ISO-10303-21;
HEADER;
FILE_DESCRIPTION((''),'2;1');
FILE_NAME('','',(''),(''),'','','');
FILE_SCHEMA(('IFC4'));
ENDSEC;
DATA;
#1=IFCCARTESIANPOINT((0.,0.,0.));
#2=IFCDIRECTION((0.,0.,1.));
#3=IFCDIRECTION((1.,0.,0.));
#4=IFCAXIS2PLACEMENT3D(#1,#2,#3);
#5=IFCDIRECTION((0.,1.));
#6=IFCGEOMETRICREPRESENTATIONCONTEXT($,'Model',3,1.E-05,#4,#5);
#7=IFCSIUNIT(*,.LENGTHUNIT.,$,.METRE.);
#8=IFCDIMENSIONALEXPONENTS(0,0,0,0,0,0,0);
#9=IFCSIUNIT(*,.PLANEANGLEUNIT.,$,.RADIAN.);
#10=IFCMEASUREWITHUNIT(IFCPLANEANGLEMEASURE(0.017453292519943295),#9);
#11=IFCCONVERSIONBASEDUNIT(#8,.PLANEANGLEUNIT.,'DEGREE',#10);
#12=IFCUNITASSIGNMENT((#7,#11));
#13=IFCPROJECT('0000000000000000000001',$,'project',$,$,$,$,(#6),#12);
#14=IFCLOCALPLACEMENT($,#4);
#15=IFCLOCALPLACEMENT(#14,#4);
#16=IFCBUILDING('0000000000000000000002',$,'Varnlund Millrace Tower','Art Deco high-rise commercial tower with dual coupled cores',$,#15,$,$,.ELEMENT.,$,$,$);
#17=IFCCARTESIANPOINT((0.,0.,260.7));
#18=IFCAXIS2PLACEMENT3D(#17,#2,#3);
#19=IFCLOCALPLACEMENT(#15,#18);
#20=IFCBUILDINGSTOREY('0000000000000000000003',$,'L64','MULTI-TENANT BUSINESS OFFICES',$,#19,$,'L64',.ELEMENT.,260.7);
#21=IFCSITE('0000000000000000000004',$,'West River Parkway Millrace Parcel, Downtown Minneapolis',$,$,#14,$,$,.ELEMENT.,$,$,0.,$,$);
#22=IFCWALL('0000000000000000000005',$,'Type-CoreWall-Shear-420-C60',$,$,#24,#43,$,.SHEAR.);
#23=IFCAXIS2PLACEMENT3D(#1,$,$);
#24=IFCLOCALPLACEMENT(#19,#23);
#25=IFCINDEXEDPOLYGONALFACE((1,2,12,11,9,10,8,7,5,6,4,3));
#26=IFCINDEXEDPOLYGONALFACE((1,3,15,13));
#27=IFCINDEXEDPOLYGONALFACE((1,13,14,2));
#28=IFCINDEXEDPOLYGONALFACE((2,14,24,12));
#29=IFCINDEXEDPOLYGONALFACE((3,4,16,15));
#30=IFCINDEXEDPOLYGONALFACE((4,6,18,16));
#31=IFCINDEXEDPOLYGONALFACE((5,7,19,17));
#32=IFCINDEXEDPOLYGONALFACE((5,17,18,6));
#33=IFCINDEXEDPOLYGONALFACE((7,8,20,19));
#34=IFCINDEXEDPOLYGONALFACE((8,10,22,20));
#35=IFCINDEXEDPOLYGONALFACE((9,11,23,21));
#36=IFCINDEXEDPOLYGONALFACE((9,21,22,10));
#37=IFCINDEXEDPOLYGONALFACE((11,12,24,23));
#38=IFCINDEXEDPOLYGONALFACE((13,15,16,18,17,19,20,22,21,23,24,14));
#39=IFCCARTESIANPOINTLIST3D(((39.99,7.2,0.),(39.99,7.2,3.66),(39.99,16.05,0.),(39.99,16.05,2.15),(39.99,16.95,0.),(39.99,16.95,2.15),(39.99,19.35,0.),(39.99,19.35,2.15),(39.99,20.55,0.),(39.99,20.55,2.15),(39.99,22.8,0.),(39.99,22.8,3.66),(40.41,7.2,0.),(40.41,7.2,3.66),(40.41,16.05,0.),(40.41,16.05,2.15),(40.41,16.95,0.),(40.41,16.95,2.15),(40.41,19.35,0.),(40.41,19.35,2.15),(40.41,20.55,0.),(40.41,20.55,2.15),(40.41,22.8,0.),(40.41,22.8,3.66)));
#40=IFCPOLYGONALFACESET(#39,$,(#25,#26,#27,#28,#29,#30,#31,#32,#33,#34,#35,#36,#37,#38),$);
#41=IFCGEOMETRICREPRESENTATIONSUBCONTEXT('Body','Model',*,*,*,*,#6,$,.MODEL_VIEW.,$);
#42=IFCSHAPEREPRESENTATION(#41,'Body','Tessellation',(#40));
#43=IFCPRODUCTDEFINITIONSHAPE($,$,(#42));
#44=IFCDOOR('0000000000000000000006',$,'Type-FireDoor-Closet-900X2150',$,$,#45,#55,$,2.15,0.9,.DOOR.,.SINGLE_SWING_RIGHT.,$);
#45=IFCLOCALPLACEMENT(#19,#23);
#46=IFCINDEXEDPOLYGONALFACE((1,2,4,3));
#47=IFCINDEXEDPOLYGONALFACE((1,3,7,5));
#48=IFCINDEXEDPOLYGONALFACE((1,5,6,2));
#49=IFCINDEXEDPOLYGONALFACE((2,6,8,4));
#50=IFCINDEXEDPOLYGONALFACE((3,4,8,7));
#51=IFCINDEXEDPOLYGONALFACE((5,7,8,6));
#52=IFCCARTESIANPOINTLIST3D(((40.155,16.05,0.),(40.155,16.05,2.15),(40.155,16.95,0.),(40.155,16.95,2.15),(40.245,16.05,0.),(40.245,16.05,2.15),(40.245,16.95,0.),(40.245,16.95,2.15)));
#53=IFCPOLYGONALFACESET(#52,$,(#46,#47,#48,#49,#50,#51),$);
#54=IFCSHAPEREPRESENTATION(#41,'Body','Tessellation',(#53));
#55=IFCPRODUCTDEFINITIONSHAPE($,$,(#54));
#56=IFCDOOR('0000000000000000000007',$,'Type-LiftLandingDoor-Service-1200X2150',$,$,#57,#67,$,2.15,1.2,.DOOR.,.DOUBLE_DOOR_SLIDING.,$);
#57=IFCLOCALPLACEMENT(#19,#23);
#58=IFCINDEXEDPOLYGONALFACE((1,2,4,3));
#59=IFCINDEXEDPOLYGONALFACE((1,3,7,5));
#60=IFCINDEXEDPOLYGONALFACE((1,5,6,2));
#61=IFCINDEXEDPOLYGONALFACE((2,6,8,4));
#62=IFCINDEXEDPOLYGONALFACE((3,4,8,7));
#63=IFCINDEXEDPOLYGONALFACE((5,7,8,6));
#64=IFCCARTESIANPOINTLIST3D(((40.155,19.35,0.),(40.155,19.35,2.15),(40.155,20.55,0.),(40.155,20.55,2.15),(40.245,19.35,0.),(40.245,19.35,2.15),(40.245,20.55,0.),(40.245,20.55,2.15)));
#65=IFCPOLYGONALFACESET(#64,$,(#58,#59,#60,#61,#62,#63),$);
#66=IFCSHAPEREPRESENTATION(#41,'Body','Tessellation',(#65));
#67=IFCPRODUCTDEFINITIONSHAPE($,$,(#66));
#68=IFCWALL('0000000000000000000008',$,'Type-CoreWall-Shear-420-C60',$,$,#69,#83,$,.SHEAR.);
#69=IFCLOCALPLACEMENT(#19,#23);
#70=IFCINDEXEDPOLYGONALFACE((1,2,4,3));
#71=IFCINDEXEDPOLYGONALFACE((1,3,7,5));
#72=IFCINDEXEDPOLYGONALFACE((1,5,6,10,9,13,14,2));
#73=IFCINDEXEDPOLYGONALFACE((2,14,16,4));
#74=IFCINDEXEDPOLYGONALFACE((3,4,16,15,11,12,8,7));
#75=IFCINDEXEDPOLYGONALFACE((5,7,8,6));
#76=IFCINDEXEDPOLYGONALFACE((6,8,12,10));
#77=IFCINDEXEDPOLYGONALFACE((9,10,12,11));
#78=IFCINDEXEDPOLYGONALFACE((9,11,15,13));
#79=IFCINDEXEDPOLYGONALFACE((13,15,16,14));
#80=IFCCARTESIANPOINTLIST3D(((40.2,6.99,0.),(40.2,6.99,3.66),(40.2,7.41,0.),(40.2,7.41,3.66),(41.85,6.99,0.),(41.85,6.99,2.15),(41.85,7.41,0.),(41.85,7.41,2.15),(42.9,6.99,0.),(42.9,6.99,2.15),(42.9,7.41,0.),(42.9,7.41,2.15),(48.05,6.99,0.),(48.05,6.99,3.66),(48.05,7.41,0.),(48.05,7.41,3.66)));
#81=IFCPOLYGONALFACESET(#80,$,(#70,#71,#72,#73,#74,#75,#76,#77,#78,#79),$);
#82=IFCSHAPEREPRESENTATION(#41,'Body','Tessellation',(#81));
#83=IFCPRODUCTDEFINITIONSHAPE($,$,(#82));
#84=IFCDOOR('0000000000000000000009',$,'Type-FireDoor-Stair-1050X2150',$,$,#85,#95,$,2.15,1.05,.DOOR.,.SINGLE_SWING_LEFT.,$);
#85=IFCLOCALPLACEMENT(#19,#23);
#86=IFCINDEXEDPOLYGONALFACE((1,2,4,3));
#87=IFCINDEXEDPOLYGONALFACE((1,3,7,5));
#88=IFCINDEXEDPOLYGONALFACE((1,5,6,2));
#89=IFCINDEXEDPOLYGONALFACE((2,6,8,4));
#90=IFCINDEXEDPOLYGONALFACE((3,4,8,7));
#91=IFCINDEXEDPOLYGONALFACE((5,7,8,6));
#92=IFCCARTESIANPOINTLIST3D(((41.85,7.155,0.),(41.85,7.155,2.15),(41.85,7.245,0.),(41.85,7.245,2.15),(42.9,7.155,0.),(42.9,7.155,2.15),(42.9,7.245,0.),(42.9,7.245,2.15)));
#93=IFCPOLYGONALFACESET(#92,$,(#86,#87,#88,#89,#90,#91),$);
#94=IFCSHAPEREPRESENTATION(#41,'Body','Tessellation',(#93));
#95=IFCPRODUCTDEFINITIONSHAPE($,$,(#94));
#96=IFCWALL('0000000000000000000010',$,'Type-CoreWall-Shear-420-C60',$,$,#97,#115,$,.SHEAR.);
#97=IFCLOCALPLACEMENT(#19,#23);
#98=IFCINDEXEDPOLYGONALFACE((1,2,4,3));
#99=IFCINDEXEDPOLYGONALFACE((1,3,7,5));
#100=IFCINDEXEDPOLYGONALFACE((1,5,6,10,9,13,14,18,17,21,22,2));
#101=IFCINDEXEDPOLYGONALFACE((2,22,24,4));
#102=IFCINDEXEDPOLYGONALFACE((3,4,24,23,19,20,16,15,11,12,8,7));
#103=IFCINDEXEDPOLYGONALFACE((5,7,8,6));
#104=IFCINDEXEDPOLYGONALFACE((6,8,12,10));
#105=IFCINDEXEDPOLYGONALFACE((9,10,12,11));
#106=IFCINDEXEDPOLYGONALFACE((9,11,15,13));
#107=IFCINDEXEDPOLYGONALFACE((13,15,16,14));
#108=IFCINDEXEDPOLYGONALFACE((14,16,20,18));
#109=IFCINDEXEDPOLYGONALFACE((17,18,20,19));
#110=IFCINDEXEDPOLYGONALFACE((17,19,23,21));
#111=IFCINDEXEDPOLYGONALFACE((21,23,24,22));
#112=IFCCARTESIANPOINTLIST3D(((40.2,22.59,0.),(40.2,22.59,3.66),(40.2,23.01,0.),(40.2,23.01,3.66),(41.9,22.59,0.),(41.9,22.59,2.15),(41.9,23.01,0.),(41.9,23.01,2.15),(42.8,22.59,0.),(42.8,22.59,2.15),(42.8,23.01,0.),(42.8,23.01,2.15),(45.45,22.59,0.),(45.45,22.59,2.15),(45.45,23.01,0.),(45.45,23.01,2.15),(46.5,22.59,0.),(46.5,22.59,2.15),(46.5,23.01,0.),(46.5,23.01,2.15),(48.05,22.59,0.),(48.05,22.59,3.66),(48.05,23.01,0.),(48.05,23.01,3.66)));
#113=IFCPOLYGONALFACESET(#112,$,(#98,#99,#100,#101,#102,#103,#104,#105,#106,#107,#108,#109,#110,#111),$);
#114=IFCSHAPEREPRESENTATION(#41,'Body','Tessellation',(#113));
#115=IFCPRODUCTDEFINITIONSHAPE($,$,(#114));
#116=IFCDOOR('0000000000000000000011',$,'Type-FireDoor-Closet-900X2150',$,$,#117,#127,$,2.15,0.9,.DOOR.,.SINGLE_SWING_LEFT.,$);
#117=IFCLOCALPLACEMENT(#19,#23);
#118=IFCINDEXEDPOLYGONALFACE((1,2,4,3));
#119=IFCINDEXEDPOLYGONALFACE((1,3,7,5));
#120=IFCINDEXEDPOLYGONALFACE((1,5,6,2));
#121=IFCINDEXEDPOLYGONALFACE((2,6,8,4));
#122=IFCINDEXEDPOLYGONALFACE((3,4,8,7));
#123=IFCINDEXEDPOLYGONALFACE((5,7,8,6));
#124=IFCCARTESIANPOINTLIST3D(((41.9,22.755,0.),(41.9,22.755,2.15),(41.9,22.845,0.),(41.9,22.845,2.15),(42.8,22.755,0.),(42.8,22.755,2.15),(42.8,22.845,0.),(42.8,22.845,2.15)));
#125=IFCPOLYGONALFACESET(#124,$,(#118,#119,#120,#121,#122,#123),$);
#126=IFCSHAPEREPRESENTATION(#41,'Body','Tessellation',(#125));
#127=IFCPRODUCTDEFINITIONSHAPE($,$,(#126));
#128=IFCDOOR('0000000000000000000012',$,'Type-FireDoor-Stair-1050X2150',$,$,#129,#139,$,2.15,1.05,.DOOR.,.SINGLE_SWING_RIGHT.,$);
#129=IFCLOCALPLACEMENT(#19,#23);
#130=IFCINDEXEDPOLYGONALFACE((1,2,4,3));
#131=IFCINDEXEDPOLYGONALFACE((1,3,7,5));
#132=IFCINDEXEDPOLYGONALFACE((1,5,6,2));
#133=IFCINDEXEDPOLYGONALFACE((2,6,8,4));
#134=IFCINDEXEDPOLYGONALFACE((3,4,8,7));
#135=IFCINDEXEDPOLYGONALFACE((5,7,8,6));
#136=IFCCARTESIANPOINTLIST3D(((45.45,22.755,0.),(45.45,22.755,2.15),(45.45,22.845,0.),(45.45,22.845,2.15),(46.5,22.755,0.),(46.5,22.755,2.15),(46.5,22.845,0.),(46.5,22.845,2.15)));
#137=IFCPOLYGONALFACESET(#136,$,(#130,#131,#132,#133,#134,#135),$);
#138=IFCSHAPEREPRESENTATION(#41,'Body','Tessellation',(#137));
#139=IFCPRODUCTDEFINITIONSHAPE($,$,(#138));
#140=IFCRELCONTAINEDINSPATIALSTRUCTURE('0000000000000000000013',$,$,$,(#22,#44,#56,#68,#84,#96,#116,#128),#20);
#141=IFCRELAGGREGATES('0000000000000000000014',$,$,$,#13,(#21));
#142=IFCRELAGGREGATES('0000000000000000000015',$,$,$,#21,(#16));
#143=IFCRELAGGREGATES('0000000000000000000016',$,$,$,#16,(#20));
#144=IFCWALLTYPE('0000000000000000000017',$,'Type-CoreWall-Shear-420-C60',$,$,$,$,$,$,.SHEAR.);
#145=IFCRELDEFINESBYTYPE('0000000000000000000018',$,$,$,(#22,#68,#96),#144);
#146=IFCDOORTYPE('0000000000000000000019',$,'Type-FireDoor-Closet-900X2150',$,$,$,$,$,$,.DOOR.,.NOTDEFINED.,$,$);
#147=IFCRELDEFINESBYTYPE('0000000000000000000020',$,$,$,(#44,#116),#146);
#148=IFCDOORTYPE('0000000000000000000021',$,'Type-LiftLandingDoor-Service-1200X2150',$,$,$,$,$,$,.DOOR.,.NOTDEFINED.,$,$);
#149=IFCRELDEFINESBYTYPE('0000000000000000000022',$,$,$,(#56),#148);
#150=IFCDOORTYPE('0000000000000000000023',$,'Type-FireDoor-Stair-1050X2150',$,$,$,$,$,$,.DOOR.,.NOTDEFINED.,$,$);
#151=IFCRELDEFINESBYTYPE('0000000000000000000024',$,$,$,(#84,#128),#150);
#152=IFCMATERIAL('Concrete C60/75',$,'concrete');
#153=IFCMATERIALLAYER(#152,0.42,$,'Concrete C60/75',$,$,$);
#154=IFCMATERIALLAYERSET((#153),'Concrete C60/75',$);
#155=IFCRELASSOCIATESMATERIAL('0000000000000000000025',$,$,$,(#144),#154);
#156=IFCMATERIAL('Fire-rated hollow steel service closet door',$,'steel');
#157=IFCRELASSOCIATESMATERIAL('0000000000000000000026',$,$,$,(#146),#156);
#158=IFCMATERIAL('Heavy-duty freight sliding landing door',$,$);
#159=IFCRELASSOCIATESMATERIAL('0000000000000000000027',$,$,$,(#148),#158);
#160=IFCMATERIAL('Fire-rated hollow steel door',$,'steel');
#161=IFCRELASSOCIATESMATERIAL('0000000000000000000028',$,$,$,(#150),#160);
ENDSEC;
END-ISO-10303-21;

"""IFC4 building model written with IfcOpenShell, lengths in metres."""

from ifc_helpers import new_model, entity, si_unit, converted_unit, direction, frame, origin_with_axes, origin_2d_with_axis, place, context, subcontext, project, spatial, polyline, rectangle, outline, extrude, material, layer, layer_set, type_object, element, fill, save


model = new_model("IFC4")

# Units and contexts
model_context = context("Model", 3, precision=1e-05, world=origin_with_axes(), true_north=direction((0.0, 1.0)))
body_context = subcontext(model_context, "Body", "Model", "MODEL_VIEW")
ifc_project = project(units=[si_unit("LENGTHUNIT", "METRE"), converted_unit("PLANEANGLEUNIT", "DEGREE", entity("IfcPlaneAngleMeasure", 0.017453292519943295), si_unit("PLANEANGLEUNIT", "RADIAN"), dimensions=[0, 0, 0, 0, 0, 0, 0])], contexts=[model_context])

# Site, building, storey
site_placement = place(None, origin_with_axes())
site = spatial("IfcSite", under=ifc_project, at=site_placement, Name="West River Parkway Millrace Parcel, Downtown Minneapolis", CompositionType="ELEMENT", RefElevation=0.0)
building_placement = place(site_placement, origin_with_axes())
building = spatial("IfcBuilding", under=site, at=building_placement, Name="Varnlund Millrace Tower", Description="Art Deco high-rise commercial tower with dual coupled cores", CompositionType="ELEMENT")
storey_placement = place(building_placement, frame((0.0, 0.0, 260.7), z_axis=(0.0, 0.0, 1.0), x_axis=(1.0, 0.0, 0.0)))
storey = spatial("IfcBuildingStorey", under=building, at=storey_placement, Name="L64", Description="MULTI-TENANT BUSINESS OFFICES", LongName="L64", CompositionType="ELEMENT", Elevation=260.7)

# Wall, openings, doors
ifc_material_1 = material(Name="Concrete C60/75", Category="concrete")
ifc_layer_1 = layer(ifc_material_1, 0.42, Name="Concrete C60/75")
ifc_layer_set_1 = layer_set([ifc_layer_1], Name="Concrete C60/75")
wall_type_1 = type_object("IfcWallType", Name="Type-CoreWall-Shear-420-C60", PredefinedType="SHEAR", material=ifc_layer_set_1)
wall_1_placement = place(storey_placement, frame((40.2, 7.2, 0.0), z_axis=(0.0, 0.0, 1.0), x_axis=(0.0, 1.0, 0.0)))
wall_1 = element("IfcWall", 1, at=wall_1_placement, inside=storey, type_object=wall_type_1, Name="Type-CoreWall-Shear-420-C60", PredefinedType="SHEAR", context=body_context, shape_type="SweptSolid", body=[
    extrude(outline(polyline([(0.0, -0.21), (15.6, -0.21), (15.6, 0.21), (0.0, 0.21), (0.0, -0.21)])), origin_with_axes(), (0.0, 0.0, 1.0), 3.66),
])
opening_1_placement = place(wall_1_placement, frame((12.75, 0.0, 0.0), z_axis=(0.0, 0.0, 1.0), x_axis=(1.0, 0.0, 0.0)))
opening_1 = element("IfcOpeningElement", 2, at=opening_1_placement, cuts=wall_1, PredefinedType="OPENING", context=body_context, shape_type="SweptSolid", body=[
    extrude(rectangle(XDim=1.2, YDim=0.44, at=origin_2d_with_axis()), origin_with_axes(), (0.0, 0.0, 1.0), 2.15),
])
opening_2_placement = place(wall_1_placement, frame((9.3, 0.0, 0.0), z_axis=(0.0, 0.0, 1.0), x_axis=(1.0, 0.0, 0.0)))
opening_2 = element("IfcOpeningElement", 3, at=opening_2_placement, cuts=wall_1, PredefinedType="OPENING", context=body_context, shape_type="SweptSolid", body=[
    extrude(rectangle(XDim=0.9, YDim=0.44, at=origin_2d_with_axis()), origin_with_axes(), (0.0, 0.0, 1.0), 2.15),
])
ifc_material_2 = material(Name="Fire-rated hollow steel service closet door", Category="steel")
door_type_1 = type_object("IfcDoorType", Name="Type-FireDoor-Closet-900X2150", OperationType="NOTDEFINED", PredefinedType="DOOR", material=ifc_material_2)
door_1_placement = place(wall_1_placement, frame((9.3, 0.0, 0.0), z_axis=(0.0, 0.0, 1.0), x_axis=(1.0, 0.0, 0.0)))
door_1 = element("IfcDoor", 4, at=door_1_placement, inside=storey, type_object=door_type_1, Name="Type-FireDoor-Closet-900X2150", OperationType="SINGLE_SWING_RIGHT", OverallHeight=2.15, OverallWidth=0.9, PredefinedType="DOOR", context=body_context, shape_type="SweptSolid", body=[
    extrude(rectangle(XDim=0.9, YDim=0.09, at=origin_2d_with_axis()), origin_with_axes(), (0.0, 0.0, 1.0), 2.15),
])
fill(opening_2, door_1)
ifc_material_3 = material(Name="Heavy-duty freight sliding landing door")
door_type_2 = type_object("IfcDoorType", Name="Type-LiftLandingDoor-Service-1200X2150", OperationType="NOTDEFINED", PredefinedType="DOOR", material=ifc_material_3)
door_2_placement = place(wall_1_placement, frame((12.75, 0.0, 0.0), z_axis=(0.0, 0.0, 1.0), x_axis=(1.0, 0.0, 0.0)))
door_2 = element("IfcDoor", 5, at=door_2_placement, inside=storey, type_object=door_type_2, Name="Type-LiftLandingDoor-Service-1200X2150", OperationType="DOUBLE_DOOR_SLIDING", OverallHeight=2.15, OverallWidth=1.2, PredefinedType="DOOR", context=body_context, shape_type="SweptSolid", body=[
    extrude(rectangle(XDim=1.2, YDim=0.09, at=origin_2d_with_axis()), origin_with_axes(), (0.0, 0.0, 1.0), 2.15),
])
fill(opening_1, door_2)

# Wall, opening, door
wall_2_placement = place(storey_placement, frame((40.2, 7.2, 0.0), z_axis=(0.0, 0.0, 1.0), x_axis=(1.0, 0.0, 0.0)))
wall_2 = element("IfcWall", 6, at=wall_2_placement, inside=storey, type_object=wall_type_1, Name="Type-CoreWall-Shear-420-C60", PredefinedType="SHEAR", context=body_context, shape_type="SweptSolid", body=[
    extrude(outline(polyline([(0.0, -0.21), (7.85, -0.21), (7.85, 0.21), (0.0, 0.21), (0.0, -0.21)])), origin_with_axes(), (0.0, 0.0, 1.0), 3.66),
])
opening_3_placement = place(wall_2_placement, frame((2.175, 0.0, 0.0), z_axis=(0.0, 0.0, 1.0), x_axis=(1.0, 0.0, 0.0)))
opening_3 = element("IfcOpeningElement", 7, at=opening_3_placement, cuts=wall_2, PredefinedType="OPENING", context=body_context, shape_type="SweptSolid", body=[
    extrude(rectangle(XDim=1.05, YDim=0.44, at=origin_2d_with_axis()), origin_with_axes(), (0.0, 0.0, 1.0), 2.15),
])
ifc_material_4 = material(Name="Fire-rated hollow steel door", Category="steel")
door_type_3 = type_object("IfcDoorType", Name="Type-FireDoor-Stair-1050X2150", OperationType="NOTDEFINED", PredefinedType="DOOR", material=ifc_material_4)
door_3_placement = place(wall_2_placement, frame((2.175, 0.0, 0.0), z_axis=(0.0, 0.0, 1.0), x_axis=(1.0, 0.0, 0.0)))
door_3 = element("IfcDoor", 8, at=door_3_placement, inside=storey, type_object=door_type_3, Name="Type-FireDoor-Stair-1050X2150", OperationType="SINGLE_SWING_LEFT", OverallHeight=2.15, OverallWidth=1.05, PredefinedType="DOOR", context=body_context, shape_type="SweptSolid", body=[
    extrude(rectangle(XDim=1.05, YDim=0.09, at=origin_2d_with_axis()), origin_with_axes(), (0.0, 0.0, 1.0), 2.15),
])
fill(opening_3, door_3)

# Wall, openings, doors
wall_3_placement = place(storey_placement, frame((40.2, 22.8, 0.0), z_axis=(0.0, 0.0, 1.0), x_axis=(1.0, 0.0, 0.0)))
wall_3 = element("IfcWall", 9, at=wall_3_placement, inside=storey, type_object=wall_type_1, Name="Type-CoreWall-Shear-420-C60", PredefinedType="SHEAR", context=body_context, shape_type="SweptSolid", body=[
    extrude(outline(polyline([(0.0, -0.21), (7.85, -0.21), (7.85, 0.21), (0.0, 0.21), (0.0, -0.21)])), origin_with_axes(), (0.0, 0.0, 1.0), 3.66),
])
opening_4_placement = place(wall_3_placement, frame((5.775, 0.0, 0.0), z_axis=(0.0, 0.0, 1.0), x_axis=(1.0, 0.0, 0.0)))
opening_4 = element("IfcOpeningElement", 10, at=opening_4_placement, cuts=wall_3, PredefinedType="OPENING", context=body_context, shape_type="SweptSolid", body=[
    extrude(rectangle(XDim=1.05, YDim=0.44, at=origin_2d_with_axis()), origin_with_axes(), (0.0, 0.0, 1.0), 2.15),
])
opening_5_placement = place(wall_3_placement, frame((2.15, 0.0, 0.0), z_axis=(0.0, 0.0, 1.0), x_axis=(1.0, 0.0, 0.0)))
opening_5 = element("IfcOpeningElement", 11, at=opening_5_placement, cuts=wall_3, PredefinedType="OPENING", context=body_context, shape_type="SweptSolid", body=[
    extrude(rectangle(XDim=0.9, YDim=0.44, at=origin_2d_with_axis()), origin_with_axes(), (0.0, 0.0, 1.0), 2.15),
])
door_4_placement = place(wall_3_placement, frame((2.15, 0.0, 0.0), z_axis=(0.0, 0.0, 1.0), x_axis=(1.0, 0.0, 0.0)))
door_4 = element("IfcDoor", 12, at=door_4_placement, inside=storey, type_object=door_type_1, Name="Type-FireDoor-Closet-900X2150", OperationType="SINGLE_SWING_LEFT", OverallHeight=2.15, OverallWidth=0.9, PredefinedType="DOOR", context=body_context, shape_type="SweptSolid", body=[
    extrude(rectangle(XDim=0.9, YDim=0.09, at=origin_2d_with_axis()), origin_with_axes(), (0.0, 0.0, 1.0), 2.15),
])
fill(opening_5, door_4)
door_5_placement = place(wall_3_placement, frame((5.775, 0.0, 0.0), z_axis=(0.0, 0.0, 1.0), x_axis=(1.0, 0.0, 0.0)))
door_5 = element("IfcDoor", 13, at=door_5_placement, inside=storey, type_object=door_type_3, Name="Type-FireDoor-Stair-1050X2150", OperationType="SINGLE_SWING_RIGHT", OverallHeight=2.15, OverallWidth=1.05, PredefinedType="DOOR", context=body_context, shape_type="SweptSolid", body=[
    extrude(rectangle(XDim=1.05, YDim=0.09, at=origin_2d_with_axis()), origin_with_axes(), (0.0, 0.0, 1.0), 2.15),
])
fill(opening_4, door_5)

save(model, "model.ifc")
